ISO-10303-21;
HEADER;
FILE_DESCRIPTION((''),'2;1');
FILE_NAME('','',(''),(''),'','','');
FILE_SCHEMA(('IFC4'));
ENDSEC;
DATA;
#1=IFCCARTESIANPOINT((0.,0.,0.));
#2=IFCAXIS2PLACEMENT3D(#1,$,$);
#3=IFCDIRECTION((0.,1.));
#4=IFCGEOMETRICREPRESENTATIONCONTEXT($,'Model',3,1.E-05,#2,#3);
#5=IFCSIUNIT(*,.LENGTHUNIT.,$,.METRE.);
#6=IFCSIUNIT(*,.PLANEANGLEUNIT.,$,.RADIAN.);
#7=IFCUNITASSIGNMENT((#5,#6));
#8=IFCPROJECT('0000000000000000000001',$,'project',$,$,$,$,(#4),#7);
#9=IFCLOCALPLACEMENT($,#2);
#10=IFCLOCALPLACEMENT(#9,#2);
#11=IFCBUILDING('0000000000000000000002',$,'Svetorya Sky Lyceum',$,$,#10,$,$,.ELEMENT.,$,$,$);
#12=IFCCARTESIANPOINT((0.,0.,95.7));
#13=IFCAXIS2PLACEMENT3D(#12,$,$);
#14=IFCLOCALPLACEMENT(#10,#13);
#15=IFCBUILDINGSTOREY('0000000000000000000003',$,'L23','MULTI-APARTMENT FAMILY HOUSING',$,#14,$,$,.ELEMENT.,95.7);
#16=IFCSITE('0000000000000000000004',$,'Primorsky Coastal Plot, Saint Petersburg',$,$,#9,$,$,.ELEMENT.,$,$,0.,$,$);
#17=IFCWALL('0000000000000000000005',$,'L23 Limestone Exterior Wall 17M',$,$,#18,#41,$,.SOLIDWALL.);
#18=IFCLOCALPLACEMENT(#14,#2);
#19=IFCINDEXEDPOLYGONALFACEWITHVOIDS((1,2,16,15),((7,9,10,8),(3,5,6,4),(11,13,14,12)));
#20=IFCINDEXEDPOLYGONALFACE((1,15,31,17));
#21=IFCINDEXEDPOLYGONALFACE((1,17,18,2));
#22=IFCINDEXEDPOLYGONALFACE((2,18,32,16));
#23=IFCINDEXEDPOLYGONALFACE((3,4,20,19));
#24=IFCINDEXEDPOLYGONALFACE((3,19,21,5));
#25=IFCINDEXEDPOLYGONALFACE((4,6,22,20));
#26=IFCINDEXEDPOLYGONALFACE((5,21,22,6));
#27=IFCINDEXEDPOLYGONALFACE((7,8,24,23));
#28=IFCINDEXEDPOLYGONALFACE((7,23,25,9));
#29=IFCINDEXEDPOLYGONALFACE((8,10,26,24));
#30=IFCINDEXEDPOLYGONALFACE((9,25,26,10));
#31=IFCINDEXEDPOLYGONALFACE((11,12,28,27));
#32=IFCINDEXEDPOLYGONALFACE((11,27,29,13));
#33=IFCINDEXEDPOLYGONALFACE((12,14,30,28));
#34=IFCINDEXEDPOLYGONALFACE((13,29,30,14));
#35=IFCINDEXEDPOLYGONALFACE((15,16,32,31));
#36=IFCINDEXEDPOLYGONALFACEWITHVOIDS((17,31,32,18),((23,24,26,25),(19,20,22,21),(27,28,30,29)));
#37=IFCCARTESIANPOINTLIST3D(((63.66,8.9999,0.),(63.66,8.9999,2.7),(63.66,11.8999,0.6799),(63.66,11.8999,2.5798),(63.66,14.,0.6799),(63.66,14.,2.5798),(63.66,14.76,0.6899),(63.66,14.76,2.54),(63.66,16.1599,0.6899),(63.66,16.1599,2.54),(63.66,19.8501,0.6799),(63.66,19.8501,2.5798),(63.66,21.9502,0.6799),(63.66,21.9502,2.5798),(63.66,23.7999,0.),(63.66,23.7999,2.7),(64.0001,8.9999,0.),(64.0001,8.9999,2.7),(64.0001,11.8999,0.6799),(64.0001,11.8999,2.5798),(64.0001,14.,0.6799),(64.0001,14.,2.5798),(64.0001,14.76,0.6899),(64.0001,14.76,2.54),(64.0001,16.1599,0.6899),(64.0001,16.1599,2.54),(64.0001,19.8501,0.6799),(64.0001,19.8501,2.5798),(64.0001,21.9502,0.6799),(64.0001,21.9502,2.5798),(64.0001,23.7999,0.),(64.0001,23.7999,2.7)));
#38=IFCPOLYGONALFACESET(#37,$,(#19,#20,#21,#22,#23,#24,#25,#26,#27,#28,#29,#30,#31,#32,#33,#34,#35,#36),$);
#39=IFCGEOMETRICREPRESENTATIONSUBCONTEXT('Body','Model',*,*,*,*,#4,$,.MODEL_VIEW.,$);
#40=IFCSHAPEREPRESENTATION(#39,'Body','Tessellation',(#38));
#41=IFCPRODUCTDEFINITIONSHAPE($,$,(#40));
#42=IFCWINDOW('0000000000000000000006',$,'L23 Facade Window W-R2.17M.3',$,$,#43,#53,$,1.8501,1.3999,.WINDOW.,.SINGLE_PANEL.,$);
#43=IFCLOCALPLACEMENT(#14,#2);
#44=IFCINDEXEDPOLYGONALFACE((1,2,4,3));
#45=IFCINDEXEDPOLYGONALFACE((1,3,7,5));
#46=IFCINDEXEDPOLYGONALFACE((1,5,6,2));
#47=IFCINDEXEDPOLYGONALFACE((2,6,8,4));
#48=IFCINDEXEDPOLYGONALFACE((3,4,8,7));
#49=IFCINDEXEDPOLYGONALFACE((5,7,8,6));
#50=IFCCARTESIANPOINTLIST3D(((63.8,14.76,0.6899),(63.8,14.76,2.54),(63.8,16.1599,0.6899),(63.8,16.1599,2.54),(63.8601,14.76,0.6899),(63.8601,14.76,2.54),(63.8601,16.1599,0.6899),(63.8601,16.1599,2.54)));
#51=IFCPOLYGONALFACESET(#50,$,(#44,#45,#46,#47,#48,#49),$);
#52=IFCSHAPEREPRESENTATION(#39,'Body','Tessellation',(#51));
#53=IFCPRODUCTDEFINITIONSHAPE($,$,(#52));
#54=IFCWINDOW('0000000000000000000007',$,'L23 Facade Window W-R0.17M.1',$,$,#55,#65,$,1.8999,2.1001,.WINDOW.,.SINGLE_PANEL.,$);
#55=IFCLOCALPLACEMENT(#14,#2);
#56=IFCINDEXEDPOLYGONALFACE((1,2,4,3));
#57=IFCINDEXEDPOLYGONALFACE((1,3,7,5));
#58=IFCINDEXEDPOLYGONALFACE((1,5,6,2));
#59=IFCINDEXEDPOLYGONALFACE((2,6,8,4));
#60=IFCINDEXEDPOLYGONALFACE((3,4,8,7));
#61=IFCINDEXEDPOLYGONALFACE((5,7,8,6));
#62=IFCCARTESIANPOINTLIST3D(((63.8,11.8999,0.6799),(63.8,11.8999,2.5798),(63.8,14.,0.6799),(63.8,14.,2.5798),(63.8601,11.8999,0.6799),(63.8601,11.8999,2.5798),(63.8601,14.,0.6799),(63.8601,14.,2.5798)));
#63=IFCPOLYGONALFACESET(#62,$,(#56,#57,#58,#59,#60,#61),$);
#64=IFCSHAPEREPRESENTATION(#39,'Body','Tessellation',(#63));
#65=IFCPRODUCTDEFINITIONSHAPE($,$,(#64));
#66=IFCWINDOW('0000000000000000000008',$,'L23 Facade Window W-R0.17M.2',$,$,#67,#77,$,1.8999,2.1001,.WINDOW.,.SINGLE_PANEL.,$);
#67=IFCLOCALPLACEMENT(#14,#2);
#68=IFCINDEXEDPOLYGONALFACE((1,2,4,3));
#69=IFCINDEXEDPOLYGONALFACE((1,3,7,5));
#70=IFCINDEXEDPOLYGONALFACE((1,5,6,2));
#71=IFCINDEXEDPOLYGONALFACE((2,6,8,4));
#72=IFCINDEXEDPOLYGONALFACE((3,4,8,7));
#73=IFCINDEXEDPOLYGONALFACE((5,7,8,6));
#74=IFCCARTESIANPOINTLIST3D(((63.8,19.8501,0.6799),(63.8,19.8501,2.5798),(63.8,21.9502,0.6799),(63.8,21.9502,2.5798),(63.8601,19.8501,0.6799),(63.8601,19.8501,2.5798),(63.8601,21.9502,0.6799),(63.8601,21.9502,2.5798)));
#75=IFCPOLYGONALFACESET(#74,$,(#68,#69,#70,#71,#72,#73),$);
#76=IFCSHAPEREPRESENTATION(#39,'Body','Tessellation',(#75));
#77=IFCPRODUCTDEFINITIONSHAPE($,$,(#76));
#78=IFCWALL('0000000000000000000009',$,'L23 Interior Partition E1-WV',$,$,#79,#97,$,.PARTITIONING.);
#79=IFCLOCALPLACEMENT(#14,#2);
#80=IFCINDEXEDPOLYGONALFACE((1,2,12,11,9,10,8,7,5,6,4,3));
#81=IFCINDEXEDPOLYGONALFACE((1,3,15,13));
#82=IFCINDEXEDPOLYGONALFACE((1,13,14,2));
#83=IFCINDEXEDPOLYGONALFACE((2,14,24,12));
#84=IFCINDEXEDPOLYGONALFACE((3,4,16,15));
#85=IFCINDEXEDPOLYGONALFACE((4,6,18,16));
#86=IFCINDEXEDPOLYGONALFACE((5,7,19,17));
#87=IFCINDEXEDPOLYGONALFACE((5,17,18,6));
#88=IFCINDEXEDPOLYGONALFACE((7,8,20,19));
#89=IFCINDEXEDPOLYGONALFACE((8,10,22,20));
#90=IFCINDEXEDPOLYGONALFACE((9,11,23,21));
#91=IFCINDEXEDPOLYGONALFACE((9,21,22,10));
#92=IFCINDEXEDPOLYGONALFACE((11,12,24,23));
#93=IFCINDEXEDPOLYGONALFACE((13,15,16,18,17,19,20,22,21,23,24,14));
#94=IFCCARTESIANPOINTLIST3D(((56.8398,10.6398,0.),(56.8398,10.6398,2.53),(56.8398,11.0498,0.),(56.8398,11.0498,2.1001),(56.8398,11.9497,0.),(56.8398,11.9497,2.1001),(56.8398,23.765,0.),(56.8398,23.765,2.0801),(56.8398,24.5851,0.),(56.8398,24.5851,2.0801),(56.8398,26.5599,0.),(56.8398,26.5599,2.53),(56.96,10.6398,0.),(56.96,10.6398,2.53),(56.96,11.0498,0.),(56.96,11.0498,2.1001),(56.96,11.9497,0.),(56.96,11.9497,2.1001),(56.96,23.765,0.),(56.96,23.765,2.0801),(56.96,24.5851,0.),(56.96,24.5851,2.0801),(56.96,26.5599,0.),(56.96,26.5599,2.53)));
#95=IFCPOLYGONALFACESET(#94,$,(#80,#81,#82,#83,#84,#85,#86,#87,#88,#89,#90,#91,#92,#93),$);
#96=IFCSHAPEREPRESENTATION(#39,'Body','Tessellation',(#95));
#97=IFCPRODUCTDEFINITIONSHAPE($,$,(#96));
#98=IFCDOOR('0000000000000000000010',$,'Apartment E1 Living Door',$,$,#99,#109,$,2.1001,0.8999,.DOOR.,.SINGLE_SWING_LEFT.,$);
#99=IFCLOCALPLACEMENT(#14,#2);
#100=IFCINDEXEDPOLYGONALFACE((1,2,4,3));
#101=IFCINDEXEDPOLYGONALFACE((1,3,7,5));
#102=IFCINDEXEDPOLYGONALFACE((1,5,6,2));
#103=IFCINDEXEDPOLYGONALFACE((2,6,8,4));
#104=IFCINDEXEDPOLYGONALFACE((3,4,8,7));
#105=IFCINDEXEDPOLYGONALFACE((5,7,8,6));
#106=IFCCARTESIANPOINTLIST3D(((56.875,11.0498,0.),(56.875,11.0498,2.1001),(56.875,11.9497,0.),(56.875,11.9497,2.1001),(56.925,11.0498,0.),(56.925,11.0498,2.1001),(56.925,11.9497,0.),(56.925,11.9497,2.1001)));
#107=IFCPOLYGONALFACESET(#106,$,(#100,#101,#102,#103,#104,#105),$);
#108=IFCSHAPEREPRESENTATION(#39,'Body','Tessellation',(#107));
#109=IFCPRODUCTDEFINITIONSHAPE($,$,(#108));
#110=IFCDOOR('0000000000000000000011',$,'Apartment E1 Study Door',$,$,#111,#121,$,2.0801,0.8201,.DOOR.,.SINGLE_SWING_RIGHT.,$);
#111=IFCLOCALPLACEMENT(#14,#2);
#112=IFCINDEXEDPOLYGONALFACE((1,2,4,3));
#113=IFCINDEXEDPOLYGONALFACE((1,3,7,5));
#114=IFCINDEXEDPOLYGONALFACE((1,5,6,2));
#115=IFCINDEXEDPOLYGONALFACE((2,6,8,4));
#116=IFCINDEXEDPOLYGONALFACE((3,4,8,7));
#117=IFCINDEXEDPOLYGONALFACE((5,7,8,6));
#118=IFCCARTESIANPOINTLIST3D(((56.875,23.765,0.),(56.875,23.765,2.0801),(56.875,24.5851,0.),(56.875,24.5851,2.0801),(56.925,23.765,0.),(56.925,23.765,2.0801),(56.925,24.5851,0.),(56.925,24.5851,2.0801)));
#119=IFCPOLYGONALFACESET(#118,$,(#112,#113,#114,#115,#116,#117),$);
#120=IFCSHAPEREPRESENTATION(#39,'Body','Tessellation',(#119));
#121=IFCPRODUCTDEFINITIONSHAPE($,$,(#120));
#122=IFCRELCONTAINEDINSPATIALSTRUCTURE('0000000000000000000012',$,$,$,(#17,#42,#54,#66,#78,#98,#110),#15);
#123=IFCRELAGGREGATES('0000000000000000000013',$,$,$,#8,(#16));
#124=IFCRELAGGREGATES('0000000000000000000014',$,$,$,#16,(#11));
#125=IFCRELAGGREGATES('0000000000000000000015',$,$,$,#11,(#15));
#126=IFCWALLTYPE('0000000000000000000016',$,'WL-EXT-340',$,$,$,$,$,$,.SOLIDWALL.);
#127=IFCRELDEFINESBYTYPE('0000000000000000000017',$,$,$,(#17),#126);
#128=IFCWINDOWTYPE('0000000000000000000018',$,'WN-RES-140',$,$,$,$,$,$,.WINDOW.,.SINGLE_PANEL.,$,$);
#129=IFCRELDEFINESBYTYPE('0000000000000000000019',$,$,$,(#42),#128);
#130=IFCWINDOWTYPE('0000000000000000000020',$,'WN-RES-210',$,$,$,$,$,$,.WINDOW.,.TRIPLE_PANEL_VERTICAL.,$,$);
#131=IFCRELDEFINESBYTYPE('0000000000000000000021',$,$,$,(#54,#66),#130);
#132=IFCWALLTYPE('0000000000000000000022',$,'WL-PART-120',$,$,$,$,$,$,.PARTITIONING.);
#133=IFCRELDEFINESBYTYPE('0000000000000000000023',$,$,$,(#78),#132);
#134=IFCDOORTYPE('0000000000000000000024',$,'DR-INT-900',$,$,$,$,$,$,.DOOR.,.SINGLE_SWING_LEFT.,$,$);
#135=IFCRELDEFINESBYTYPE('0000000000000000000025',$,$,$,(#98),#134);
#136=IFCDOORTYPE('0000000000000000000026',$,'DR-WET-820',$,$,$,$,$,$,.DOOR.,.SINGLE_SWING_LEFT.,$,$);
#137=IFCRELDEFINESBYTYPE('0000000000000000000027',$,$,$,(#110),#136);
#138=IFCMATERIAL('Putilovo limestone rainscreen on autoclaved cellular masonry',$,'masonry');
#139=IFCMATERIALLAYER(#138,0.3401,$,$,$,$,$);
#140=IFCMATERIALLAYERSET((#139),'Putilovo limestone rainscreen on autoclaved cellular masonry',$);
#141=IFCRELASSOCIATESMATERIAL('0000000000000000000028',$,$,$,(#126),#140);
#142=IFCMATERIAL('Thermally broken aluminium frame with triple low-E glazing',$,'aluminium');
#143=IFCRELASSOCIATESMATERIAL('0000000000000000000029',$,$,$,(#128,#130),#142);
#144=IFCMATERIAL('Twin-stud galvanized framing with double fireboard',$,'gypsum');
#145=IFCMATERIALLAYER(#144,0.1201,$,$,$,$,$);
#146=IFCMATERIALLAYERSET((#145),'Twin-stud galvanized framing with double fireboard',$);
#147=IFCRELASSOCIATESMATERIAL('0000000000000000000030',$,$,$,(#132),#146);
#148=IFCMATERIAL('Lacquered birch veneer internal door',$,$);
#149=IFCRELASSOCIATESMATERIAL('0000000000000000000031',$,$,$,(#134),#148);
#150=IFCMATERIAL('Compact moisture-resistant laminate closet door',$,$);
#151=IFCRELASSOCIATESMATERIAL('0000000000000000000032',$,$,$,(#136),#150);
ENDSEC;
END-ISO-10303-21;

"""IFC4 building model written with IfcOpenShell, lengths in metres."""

from ifc_helpers import new_model, si_unit, direction, frame, frame_2d, origin, place, context, subcontext, project, spatial, rectangle, extrude, material, layer, layer_set, type_object, element, fill, save


model = new_model("IFC4")

# Units and contexts
model_context = context("Model", 3, precision=1e-05, world=origin(), true_north=direction((0.0, 1.0)))
body_context = subcontext(model_context, "Body", "Model", "MODEL_VIEW")
ifc_project = project(units=[si_unit("LENGTHUNIT", "METRE"), si_unit("PLANEANGLEUNIT", "RADIAN")], contexts=[model_context])

# Site, building, storey
site_placement = place(None, origin())
site = spatial("IfcSite", under=ifc_project, at=site_placement, Name="Primorsky Coastal Plot, Saint Petersburg", CompositionType="ELEMENT", RefElevation=0.0)
building_placement = place(site_placement, origin())
building = spatial("IfcBuilding", under=site, at=building_placement, Name="Svetorya Sky Lyceum", CompositionType="ELEMENT")
storey_placement = place(building_placement, frame((0.0, 0.0, 95.7)))
storey = spatial("IfcBuildingStorey", under=building, at=storey_placement, Name="L23", Description="MULTI-APARTMENT FAMILY HOUSING", CompositionType="ELEMENT", Elevation=95.7)

# Shared definitions
ifc_material_1 = material(Name="Putilovo limestone rainscreen on autoclaved cellular masonry", Category="masonry")
ifc_layer_1 = layer(ifc_material_1, 0.3401)
ifc_layer_set_1 = layer_set([ifc_layer_1], Name="Putilovo limestone rainscreen on autoclaved cellular masonry")
wall_type_1 = type_object("IfcWallType", Name="WL-EXT-340", PredefinedType="SOLIDWALL", material=ifc_layer_set_1)

# Wall, openings, windows
wall_1_placement = place(storey_placement, frame((63.8301, 9.0, 0.0), z_axis=(0.0, 0.0, 1.0), x_axis=(0.0, 1.0, 0.0)))
wall_1 = element("IfcWall", 1, at=wall_1_placement, inside=storey, type_object=wall_type_1, Name="L23 Limestone Exterior Wall 17M", PredefinedType="SOLIDWALL", context=body_context, shape_type="SweptSolid", body=[
    extrude(rectangle(XDim=14.8, YDim=0.3401, at=frame_2d((7.3999, 0.0))), origin(), (0.0, 0.0, 1.0), 2.7),
])
opening_1_placement = place(wall_1_placement, frame((2.8999, 0.0, 0.6799)))
opening_1 = element("IfcOpeningElement", 2, at=opening_1_placement, cuts=wall_1, PredefinedType="OPENING", context=body_context, shape_type="SweptSolid", body=[
    extrude(rectangle(XDim=2.1001, YDim=1.8999, at=frame_2d((1.05, 0.95))), frame((0.0, 0.1799, 0.0), z_axis=(0.0, -1.0, 0.0), x_axis=(1.0, 0.0, 0.0)), (0.0, 0.0, 1.0), 0.3601),
])
opening_2_placement = place(wall_1_placement, frame((5.76, 0.0, 0.6899)))
opening_2 = element("IfcOpeningElement", 3, at=opening_2_placement, cuts=wall_1, PredefinedType="OPENING", context=body_context, shape_type="SweptSolid", body=[
    extrude(rectangle(XDim=1.3999, YDim=1.8501, at=frame_2d((0.7, 0.925))), frame((0.0, 0.1799, 0.0), z_axis=(0.0, -1.0, 0.0), x_axis=(1.0, 0.0, 0.0)), (0.0, 0.0, 1.0), 0.3601),
])
opening_3_placement = place(wall_1_placement, frame((10.8501, 0.0, 0.6799)))
opening_3 = element("IfcOpeningElement", 4, at=opening_3_placement, cuts=wall_1, PredefinedType="OPENING", context=body_context, shape_type="SweptSolid", body=[
    extrude(rectangle(XDim=2.1001, YDim=1.8999, at=frame_2d((1.05, 0.95))), frame((0.0, 0.1799, 0.0), z_axis=(0.0, -1.0, 0.0), x_axis=(1.0, 0.0, 0.0)), (0.0, 0.0, 1.0), 0.3601),
])
ifc_material_2 = material(Name="Thermally broken aluminium frame with triple low-E glazing", Category="aluminium")
window_type_1 = type_object("IfcWindowType", Name="WN-RES-140", PartitioningType="SINGLE_PANEL", PredefinedType="WINDOW", material=ifc_material_2)
window_1_placement = place(opening_2_placement, origin())
window_1 = element("IfcWindow", 5, at=window_1_placement, inside=storey, type_object=window_type_1, Name="L23 Facade Window W-R2.17M.3", OverallHeight=1.8501, OverallWidth=1.3999, PartitioningType="SINGLE_PANEL", PredefinedType="WINDOW", context=body_context, shape_type="SweptSolid", body=[
    extrude(rectangle(XDim=1.3999, YDim=1.8501, at=frame_2d((0.7, 0.925))), frame((0.0, 0.03, 0.0), z_axis=(0.0, -1.0, 0.0), x_axis=(1.0, 0.0, 0.0)), (0.0, 0.0, 1.0), 0.0601),
])
fill(opening_2, window_1)
window_type_2 = type_object("IfcWindowType", Name="WN-RES-210", PartitioningType="TRIPLE_PANEL_VERTICAL", PredefinedType="WINDOW", material=ifc_material_2)
window_2_placement = place(opening_1_placement, origin())
window_2 = element("IfcWindow", 6, at=window_2_placement, inside=storey, type_object=window_type_2, Name="L23 Facade Window W-R0.17M.1", OverallHeight=1.8999, OverallWidth=2.1001, PartitioningType="SINGLE_PANEL", PredefinedType="WINDOW", context=body_context, shape_type="SweptSolid", body=[
    extrude(rectangle(XDim=2.1001, YDim=1.8999, at=frame_2d((1.05, 0.95))), frame((0.0, 0.03, 0.0), z_axis=(0.0, -1.0, 0.0), x_axis=(1.0, 0.0, 0.0)), (0.0, 0.0, 1.0), 0.0601),
])
fill(opening_1, window_2)
window_3_placement = place(opening_3_placement, origin())
window_3 = element("IfcWindow", 7, at=window_3_placement, inside=storey, type_object=window_type_2, Name="L23 Facade Window W-R0.17M.2", OverallHeight=1.8999, OverallWidth=2.1001, PartitioningType="SINGLE_PANEL", PredefinedType="WINDOW", context=body_context, shape_type="SweptSolid", body=[
    extrude(rectangle(XDim=2.1001, YDim=1.8999, at=frame_2d((1.05, 0.95))), frame((0.0, 0.03, 0.0), z_axis=(0.0, -1.0, 0.0), x_axis=(1.0, 0.0, 0.0)), (0.0, 0.0, 1.0), 0.0601),
])
fill(opening_3, window_3)

# Wall, openings, doors
ifc_material_3 = material(Name="Twin-stud galvanized framing with double fireboard", Category="gypsum")
ifc_layer_2 = layer(ifc_material_3, 0.1201)
ifc_layer_set_2 = layer_set([ifc_layer_2], Name="Twin-stud galvanized framing with double fireboard")
wall_type_2 = type_object("IfcWallType", Name="WL-PART-120", PredefinedType="PARTITIONING", material=ifc_layer_set_2)
wall_2_placement = place(storey_placement, frame((56.8999, 10.6399, 0.0), z_axis=(0.0, 0.0, 1.0), x_axis=(0.0, 1.0, 0.0)))
wall_2 = element("IfcWall", 8, at=wall_2_placement, inside=storey, type_object=wall_type_2, Name="L23 Interior Partition E1-WV", PredefinedType="PARTITIONING", context=body_context, shape_type="SweptSolid", body=[
    extrude(rectangle(XDim=15.9202, YDim=0.1201, at=frame_2d((7.96, 0.0))), origin(), (0.0, 0.0, 1.0), 2.53),
])
opening_4_placement = place(wall_2_placement, frame((0.4099, 0.0, 0.0)))
opening_4 = element("IfcOpeningElement", 9, at=opening_4_placement, cuts=wall_2, PredefinedType="OPENING", context=body_context, shape_type="SweptSolid", body=[
    extrude(rectangle(XDim=0.8999, YDim=2.1001, at=frame_2d((0.45, 1.05))), frame((0.0, 0.0701, 0.0), z_axis=(0.0, -1.0, 0.0), x_axis=(1.0, 0.0, 0.0)), (0.0, 0.0, 1.0), 0.1401),
])
opening_5_placement = place(wall_2_placement, frame((13.125, 0.0, 0.0)))
opening_5 = element("IfcOpeningElement", 10, at=opening_5_placement, cuts=wall_2, PredefinedType="OPENING", context=body_context, shape_type="SweptSolid", body=[
    extrude(rectangle(XDim=0.8201, YDim=2.0801, at=frame_2d((0.4102, 1.04))), frame((0.0, 0.0701, 0.0), z_axis=(0.0, -1.0, 0.0), x_axis=(1.0, 0.0, 0.0)), (0.0, 0.0, 1.0), 0.1401),
])
ifc_material_4 = material(Name="Lacquered birch veneer internal door")
door_type_1 = type_object("IfcDoorType", Name="DR-INT-900", OperationType="SINGLE_SWING_LEFT", PredefinedType="DOOR", material=ifc_material_4)
door_1_placement = place(opening_4_placement, origin())
door_1 = element("IfcDoor", 11, at=door_1_placement, inside=storey, type_object=door_type_1, Name="Apartment E1 Living Door", OperationType="SINGLE_SWING_LEFT", OverallHeight=2.1001, OverallWidth=0.8999, PredefinedType="DOOR", context=body_context, shape_type="SweptSolid", body=[
    extrude(rectangle(XDim=0.8999, YDim=2.1001, at=frame_2d((0.45, 1.05))), frame((0.0, 0.0249, 0.0), z_axis=(0.0, -1.0, 0.0), x_axis=(1.0, 0.0, 0.0)), (0.0, 0.0, 1.0), 0.05),
])
fill(opening_4, door_1)
ifc_material_5 = material(Name="Compact moisture-resistant laminate closet door")
door_type_2 = type_object("IfcDoorType", Name="DR-WET-820", OperationType="SINGLE_SWING_LEFT", PredefinedType="DOOR", material=ifc_material_5)
door_2_placement = place(opening_5_placement, origin())
door_2 = element("IfcDoor", 12, at=door_2_placement, inside=storey, type_object=door_type_2, Name="Apartment E1 Study Door", OperationType="SINGLE_SWING_RIGHT", OverallHeight=2.0801, OverallWidth=0.8201, PredefinedType="DOOR", context=body_context, shape_type="SweptSolid", body=[
    extrude(rectangle(XDim=0.8201, YDim=2.0801, at=frame_2d((0.4102, 1.04))), frame((0.0, 0.0249, 0.0), z_axis=(0.0, -1.0, 0.0), x_axis=(1.0, 0.0, 0.0)), (0.0, 0.0, 1.0), 0.05),
])
fill(opening_5, door_2)

save(model, "model.ifc")
